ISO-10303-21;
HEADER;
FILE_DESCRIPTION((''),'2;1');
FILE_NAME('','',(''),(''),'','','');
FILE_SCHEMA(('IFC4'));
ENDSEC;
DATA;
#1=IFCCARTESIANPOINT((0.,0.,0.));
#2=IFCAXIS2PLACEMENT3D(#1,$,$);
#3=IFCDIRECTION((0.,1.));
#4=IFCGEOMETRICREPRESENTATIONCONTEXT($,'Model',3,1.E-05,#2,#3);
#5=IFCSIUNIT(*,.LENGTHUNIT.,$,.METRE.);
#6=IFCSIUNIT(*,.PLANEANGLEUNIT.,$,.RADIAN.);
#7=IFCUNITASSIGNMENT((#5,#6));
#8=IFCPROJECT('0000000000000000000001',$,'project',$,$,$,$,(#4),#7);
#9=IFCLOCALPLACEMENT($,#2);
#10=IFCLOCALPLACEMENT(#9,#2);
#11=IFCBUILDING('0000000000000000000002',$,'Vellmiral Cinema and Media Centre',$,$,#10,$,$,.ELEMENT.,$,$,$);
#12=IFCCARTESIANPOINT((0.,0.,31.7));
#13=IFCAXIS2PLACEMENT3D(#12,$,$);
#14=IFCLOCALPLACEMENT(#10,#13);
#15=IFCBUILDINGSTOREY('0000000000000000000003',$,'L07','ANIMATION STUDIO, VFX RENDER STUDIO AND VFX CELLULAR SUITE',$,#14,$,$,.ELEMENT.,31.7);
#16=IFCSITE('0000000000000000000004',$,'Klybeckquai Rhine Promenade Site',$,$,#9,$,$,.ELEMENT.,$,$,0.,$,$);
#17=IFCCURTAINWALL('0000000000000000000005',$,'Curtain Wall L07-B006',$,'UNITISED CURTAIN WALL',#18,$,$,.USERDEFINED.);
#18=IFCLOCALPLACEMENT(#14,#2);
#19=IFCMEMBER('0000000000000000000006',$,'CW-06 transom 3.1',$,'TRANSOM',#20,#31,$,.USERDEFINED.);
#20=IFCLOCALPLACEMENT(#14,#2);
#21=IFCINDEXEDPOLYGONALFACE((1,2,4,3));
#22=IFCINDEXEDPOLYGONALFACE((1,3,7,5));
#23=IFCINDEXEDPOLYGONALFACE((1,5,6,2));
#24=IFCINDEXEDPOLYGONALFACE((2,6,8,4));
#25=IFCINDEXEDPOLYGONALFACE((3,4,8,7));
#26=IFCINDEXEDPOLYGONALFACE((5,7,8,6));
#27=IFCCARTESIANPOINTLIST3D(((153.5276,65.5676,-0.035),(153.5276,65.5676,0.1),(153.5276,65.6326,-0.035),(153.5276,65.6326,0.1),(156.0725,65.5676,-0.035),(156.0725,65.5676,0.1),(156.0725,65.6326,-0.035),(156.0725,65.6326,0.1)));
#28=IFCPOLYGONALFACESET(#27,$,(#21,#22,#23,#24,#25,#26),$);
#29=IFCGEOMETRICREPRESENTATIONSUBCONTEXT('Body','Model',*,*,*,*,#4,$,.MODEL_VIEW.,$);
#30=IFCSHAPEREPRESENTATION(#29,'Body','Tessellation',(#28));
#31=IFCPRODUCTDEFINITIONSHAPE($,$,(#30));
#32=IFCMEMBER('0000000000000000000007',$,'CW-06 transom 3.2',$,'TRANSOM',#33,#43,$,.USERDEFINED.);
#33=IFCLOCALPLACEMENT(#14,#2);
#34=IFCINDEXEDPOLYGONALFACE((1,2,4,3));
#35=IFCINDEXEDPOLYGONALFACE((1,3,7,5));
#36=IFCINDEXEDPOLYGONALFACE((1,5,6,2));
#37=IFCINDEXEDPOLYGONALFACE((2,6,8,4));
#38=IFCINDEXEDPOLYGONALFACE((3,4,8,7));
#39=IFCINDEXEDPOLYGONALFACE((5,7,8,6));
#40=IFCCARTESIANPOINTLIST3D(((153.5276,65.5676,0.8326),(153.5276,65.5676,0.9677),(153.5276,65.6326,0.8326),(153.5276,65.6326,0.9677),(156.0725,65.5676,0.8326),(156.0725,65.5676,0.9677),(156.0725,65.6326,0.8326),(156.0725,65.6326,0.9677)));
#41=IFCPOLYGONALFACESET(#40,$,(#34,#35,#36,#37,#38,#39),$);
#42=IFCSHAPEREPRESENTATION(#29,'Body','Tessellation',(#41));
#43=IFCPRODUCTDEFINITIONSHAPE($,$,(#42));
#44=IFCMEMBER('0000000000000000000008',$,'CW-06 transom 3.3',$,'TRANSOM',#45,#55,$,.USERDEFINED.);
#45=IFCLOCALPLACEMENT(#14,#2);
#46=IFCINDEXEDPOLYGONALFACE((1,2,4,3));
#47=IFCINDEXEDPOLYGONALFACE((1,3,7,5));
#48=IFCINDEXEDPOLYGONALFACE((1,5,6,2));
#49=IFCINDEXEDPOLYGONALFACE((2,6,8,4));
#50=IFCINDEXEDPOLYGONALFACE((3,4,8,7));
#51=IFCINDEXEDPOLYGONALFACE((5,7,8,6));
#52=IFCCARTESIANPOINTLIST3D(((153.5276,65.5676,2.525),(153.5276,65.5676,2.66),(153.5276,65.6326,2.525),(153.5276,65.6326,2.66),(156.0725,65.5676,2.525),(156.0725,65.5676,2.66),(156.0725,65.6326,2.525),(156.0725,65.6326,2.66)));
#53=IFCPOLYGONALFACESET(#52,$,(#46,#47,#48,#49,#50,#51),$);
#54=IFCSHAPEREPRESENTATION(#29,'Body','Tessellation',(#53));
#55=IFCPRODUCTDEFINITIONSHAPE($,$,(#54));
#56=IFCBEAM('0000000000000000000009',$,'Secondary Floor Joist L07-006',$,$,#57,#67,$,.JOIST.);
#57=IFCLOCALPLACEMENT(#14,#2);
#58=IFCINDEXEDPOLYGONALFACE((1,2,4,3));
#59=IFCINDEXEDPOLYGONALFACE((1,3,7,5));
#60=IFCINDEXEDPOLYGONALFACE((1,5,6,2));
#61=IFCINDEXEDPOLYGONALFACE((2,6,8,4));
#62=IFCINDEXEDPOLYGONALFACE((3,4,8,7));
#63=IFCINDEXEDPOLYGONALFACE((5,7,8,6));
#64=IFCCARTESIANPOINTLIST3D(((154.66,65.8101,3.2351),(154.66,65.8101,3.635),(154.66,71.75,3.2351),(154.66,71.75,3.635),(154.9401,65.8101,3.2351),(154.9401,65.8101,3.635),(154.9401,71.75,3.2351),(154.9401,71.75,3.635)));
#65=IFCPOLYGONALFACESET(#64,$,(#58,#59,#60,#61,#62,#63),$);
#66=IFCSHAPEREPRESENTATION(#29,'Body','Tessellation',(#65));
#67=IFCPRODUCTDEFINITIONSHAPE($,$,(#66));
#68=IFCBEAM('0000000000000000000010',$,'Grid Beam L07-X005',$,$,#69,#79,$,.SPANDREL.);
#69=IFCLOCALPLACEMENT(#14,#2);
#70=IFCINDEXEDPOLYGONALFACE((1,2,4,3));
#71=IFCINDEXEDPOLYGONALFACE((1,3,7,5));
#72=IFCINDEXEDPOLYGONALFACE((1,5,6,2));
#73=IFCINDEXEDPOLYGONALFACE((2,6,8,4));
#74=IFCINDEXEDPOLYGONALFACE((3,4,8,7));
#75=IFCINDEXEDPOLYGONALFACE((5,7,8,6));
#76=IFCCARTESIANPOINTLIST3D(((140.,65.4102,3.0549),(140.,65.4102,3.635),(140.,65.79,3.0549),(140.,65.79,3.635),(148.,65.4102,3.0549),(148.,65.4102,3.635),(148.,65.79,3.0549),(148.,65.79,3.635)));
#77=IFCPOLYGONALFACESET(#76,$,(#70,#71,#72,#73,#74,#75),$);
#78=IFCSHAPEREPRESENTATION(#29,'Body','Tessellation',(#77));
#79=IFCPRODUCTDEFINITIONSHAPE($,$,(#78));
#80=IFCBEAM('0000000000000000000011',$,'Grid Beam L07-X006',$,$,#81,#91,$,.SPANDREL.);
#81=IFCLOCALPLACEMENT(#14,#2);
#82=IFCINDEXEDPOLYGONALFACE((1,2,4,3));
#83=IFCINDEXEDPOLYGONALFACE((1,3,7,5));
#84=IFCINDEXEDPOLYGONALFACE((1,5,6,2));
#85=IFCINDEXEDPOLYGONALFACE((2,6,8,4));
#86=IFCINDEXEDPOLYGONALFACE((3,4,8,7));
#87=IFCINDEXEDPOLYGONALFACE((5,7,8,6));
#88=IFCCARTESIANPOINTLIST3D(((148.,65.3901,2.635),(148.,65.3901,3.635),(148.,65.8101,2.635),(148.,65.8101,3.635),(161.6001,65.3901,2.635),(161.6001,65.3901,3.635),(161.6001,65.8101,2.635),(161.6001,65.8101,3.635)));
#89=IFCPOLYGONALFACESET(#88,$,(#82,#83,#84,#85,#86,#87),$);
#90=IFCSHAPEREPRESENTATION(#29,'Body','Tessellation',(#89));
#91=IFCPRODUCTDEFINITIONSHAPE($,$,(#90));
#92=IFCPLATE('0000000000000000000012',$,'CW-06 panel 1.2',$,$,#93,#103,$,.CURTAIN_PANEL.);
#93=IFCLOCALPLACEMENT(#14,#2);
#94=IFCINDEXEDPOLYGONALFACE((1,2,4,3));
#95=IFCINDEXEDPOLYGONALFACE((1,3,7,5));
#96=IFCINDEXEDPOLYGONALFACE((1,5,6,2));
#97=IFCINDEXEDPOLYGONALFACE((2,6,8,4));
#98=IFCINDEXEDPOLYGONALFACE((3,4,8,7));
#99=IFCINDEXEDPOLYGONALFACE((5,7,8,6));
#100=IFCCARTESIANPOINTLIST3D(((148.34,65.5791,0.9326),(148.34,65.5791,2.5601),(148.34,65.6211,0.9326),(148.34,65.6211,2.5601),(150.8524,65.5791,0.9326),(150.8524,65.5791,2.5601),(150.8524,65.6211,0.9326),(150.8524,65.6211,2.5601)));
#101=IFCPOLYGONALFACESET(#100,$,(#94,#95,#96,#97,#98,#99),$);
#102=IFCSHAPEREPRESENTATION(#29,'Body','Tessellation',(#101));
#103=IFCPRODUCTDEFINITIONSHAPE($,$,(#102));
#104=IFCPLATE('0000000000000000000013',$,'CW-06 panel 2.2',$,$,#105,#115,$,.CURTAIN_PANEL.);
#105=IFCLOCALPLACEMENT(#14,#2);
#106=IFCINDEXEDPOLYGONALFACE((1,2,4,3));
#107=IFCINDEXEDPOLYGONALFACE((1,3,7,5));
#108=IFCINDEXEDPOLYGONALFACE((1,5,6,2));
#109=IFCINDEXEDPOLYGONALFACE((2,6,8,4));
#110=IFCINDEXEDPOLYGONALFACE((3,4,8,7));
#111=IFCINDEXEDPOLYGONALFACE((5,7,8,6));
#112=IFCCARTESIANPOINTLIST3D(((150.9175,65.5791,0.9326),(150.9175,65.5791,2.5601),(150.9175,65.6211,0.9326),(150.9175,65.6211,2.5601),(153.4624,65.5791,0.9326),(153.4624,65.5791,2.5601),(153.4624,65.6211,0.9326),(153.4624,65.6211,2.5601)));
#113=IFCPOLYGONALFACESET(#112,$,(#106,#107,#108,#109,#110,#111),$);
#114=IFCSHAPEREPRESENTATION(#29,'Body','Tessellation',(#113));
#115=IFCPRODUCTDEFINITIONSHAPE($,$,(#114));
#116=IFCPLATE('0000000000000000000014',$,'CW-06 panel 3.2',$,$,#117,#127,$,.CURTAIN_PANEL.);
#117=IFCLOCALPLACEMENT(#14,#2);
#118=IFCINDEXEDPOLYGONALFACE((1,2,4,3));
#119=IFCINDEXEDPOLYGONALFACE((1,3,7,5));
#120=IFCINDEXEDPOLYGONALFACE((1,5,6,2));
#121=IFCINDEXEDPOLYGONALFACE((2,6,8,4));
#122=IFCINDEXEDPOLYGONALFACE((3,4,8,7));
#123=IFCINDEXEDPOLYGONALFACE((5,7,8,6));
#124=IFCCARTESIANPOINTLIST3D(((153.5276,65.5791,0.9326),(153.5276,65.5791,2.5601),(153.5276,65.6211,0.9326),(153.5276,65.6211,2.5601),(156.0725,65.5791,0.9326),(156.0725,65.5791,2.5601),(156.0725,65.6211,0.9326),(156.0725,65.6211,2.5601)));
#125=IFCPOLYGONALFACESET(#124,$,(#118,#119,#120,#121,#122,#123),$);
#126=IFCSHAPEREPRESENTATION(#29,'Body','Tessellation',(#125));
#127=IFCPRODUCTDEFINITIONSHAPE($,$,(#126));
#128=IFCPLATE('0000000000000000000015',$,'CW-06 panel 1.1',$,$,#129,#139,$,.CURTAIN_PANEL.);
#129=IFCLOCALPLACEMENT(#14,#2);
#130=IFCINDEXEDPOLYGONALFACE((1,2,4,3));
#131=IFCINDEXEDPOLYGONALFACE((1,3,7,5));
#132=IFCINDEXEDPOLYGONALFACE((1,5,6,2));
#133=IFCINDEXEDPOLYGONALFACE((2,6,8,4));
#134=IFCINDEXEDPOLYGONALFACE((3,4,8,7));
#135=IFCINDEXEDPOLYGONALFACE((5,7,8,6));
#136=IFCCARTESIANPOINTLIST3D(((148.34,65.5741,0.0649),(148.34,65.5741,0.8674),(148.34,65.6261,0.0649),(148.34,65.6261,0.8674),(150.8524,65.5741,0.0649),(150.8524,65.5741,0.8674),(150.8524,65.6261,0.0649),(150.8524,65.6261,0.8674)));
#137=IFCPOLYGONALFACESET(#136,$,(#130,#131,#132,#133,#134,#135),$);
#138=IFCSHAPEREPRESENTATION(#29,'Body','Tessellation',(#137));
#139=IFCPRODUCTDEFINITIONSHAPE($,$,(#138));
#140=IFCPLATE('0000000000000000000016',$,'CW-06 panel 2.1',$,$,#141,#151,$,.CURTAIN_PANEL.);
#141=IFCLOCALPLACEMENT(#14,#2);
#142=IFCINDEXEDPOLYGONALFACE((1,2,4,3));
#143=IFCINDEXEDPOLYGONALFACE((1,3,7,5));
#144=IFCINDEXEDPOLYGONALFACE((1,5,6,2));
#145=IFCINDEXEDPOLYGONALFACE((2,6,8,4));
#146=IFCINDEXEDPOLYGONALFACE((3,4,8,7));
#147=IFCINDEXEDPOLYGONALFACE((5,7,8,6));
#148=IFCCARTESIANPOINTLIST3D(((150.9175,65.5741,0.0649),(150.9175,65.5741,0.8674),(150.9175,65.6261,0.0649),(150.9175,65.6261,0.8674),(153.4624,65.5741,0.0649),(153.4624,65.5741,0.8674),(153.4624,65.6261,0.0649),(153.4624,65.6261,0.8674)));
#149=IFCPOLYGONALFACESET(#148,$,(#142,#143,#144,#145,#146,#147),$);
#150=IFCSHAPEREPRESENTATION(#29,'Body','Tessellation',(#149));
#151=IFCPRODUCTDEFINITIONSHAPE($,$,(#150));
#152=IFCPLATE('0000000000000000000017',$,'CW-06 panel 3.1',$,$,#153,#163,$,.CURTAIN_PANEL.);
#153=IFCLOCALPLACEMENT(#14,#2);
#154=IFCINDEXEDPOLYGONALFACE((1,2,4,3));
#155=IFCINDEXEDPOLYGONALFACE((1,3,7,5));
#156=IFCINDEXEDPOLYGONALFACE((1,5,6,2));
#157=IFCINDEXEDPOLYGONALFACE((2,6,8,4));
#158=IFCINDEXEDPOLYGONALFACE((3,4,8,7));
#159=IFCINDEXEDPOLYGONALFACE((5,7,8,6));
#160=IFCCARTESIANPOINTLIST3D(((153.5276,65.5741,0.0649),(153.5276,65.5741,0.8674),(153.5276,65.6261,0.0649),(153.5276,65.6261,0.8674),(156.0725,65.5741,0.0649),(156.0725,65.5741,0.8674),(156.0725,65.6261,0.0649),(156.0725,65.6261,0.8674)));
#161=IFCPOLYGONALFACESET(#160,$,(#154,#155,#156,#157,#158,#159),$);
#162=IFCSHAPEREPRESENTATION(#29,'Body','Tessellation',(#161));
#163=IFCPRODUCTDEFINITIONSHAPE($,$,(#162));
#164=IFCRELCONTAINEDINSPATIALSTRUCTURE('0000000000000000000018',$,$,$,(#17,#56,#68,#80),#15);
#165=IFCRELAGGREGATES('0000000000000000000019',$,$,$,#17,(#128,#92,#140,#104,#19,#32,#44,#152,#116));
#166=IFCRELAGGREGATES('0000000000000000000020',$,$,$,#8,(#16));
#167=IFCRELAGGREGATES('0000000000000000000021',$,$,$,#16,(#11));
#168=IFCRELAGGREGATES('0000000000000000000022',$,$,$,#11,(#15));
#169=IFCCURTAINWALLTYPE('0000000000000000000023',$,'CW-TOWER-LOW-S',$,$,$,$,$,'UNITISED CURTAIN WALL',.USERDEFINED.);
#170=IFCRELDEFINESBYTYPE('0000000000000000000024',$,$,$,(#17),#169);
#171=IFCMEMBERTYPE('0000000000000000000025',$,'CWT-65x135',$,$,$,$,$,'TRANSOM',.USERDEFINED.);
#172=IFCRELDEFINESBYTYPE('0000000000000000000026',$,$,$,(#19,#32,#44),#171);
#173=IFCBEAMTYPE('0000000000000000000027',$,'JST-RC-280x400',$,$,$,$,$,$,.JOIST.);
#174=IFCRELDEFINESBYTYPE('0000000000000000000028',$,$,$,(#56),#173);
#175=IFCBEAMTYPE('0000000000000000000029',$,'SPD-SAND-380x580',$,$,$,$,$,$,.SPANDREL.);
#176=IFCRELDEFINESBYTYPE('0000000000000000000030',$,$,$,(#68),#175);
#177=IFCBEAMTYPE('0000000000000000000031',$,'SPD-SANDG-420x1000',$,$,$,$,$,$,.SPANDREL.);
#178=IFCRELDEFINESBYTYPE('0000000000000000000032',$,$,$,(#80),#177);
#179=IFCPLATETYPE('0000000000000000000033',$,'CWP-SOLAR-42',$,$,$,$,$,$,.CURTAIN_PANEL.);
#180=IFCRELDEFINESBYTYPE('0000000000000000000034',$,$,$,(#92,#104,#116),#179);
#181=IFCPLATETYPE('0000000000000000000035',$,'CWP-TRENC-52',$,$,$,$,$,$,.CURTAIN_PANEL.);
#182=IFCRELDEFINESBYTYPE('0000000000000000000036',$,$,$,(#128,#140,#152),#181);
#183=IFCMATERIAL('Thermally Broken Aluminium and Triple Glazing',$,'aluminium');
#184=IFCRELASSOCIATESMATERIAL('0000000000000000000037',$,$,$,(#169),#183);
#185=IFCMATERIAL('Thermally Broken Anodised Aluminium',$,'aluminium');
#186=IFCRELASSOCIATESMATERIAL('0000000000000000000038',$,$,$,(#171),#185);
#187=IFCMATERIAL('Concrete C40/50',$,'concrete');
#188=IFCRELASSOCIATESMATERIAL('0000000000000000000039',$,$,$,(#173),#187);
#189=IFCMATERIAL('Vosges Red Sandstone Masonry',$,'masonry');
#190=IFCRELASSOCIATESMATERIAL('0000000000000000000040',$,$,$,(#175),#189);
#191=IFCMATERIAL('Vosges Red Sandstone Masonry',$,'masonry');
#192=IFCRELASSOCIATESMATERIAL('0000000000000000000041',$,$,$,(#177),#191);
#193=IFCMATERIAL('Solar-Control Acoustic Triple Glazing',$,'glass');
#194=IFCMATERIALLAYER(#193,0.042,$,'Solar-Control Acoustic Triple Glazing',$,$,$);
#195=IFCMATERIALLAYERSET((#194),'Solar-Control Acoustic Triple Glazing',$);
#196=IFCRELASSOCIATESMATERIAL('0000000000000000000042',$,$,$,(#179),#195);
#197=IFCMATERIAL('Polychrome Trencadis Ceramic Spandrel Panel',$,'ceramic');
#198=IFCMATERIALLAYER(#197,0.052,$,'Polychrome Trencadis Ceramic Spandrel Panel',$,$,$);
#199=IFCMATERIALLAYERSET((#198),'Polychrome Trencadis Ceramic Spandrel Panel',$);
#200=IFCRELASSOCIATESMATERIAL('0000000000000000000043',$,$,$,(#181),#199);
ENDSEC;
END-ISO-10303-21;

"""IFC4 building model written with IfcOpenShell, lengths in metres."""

from ifc_helpers import new_model, si_unit, direction, frame, origin, origin_2d, place, context, subcontext, project, spatial, rectangle, extrude, material, layer, layer_set, material_profile, profile_set, type_object, element, aggregate, save


model = new_model("IFC4")

# Units and contexts
model_context = context("Model", 3, precision=1e-05, world=origin(), true_north=direction((0.0, 1.0)))
body_context = subcontext(model_context, "Body", "Model", "MODEL_VIEW")
ifc_project = project(units=[si_unit("LENGTHUNIT", "METRE"), si_unit("PLANEANGLEUNIT", "RADIAN")], contexts=[model_context])

# Site, building, storey
site_placement = place(None, origin())
site = spatial("IfcSite", under=ifc_project, at=site_placement, Name="Klybeckquai Rhine Promenade Site", CompositionType="ELEMENT", RefElevation=0.0)
building_placement = place(site_placement, origin())
building = spatial("IfcBuilding", under=site, at=building_placement, Name="Vellmiral Cinema and Media Centre", CompositionType="ELEMENT")
storey_placement = place(building_placement, frame((0.0, 0.0, 31.7)))
storey = spatial("IfcBuildingStorey", under=building, at=storey_placement, Name="L07", Description="ANIMATION STUDIO, VFX RENDER STUDIO AND VFX CELLULAR SUITE", CompositionType="ELEMENT", Elevation=31.7)

# Curtain wall, members
ifc_material_1 = material(Name="Thermally Broken Aluminium and Triple Glazing", Category="aluminium")
curtain_wall_type = type_object("IfcCurtainWallType", Name="CW-TOWER-LOW-S", ElementType="UNITISED CURTAIN WALL", PredefinedType="USERDEFINED", material=ifc_material_1)
curtain_wall_placement = place(storey_placement, origin())
curtain_wall = element("IfcCurtainWall", 1, at=curtain_wall_placement, inside=storey, type_object=curtain_wall_type, Name="Curtain Wall L07-B006", ObjectType="UNITISED CURTAIN WALL", PredefinedType="USERDEFINED")
ifc_material_2 = material(Name="Thermally Broken Anodised Aluminium", Category="aluminium")
ifc_material_profile_1 = material_profile(ifc_material_2, rectangle(XDim=0.0649, YDim=0.135, at=origin_2d()), Name="MULL 65x135")
ifc_profile_set_1 = profile_set([ifc_material_profile_1], Name="Thermally Broken Anodised Aluminium")
member_type_1 = type_object("IfcMemberType", Name="CWT-65x135", ElementType="TRANSOM", PredefinedType="USERDEFINED", material=ifc_profile_set_1)
member_1_placement = place(storey_placement, frame((153.5276, 65.6001, 0.0325), z_axis=(1.0, 0.0, 0.0), x_axis=(0.0, 1.0, 0.0)))
member_1 = element("IfcMember", 2, at=member_1_placement, type_object=member_type_1, Name="CW-06 transom 3.1", ObjectType="TRANSOM", PredefinedType="USERDEFINED", context=body_context, shape_type="SweptSolid", body=[
    extrude(rectangle(XDim=0.0649, YDim=0.135, at=origin_2d()), origin(), (0.0, 0.0, 1.0), 2.5449),
])
member_2_placement = place(storey_placement, frame((153.5276, 65.6001, 0.9001), z_axis=(1.0, 0.0, 0.0), x_axis=(0.0, 1.0, 0.0)))
member_2 = element("IfcMember", 3, at=member_2_placement, type_object=member_type_1, Name="CW-06 transom 3.2", ObjectType="TRANSOM", PredefinedType="USERDEFINED", context=body_context, shape_type="SweptSolid", body=[
    extrude(rectangle(XDim=0.0649, YDim=0.135, at=origin_2d()), origin(), (0.0, 0.0, 1.0), 2.5449),
])
member_3_placement = place(storey_placement, frame((153.5276, 65.6001, 2.5925), z_axis=(1.0, 0.0, 0.0), x_axis=(0.0, 1.0, 0.0)))
member_3 = element("IfcMember", 4, at=member_3_placement, type_object=member_type_1, Name="CW-06 transom 3.3", ObjectType="TRANSOM", PredefinedType="USERDEFINED", context=body_context, shape_type="SweptSolid", body=[
    extrude(rectangle(XDim=0.0649, YDim=0.135, at=origin_2d()), origin(), (0.0, 0.0, 1.0), 2.5449),
])

# Beams
ifc_material_3 = material(Name="Concrete C40/50", Category="concrete")
ifc_material_profile_2 = material_profile(ifc_material_3, rectangle(XDim=0.28, YDim=0.3999, at=origin_2d()), Name="RC 280x400")
ifc_profile_set_2 = profile_set([ifc_material_profile_2], Name="Concrete C40/50")
beam_type_1 = type_object("IfcBeamType", Name="JST-RC-280x400", PredefinedType="JOIST", material=ifc_profile_set_2)
beam_1_placement = place(storey_placement, frame((154.8, 65.8101, 3.4351), z_axis=(0.0, 1.0, 0.0), x_axis=(-1.0, 0.0, 0.0)))
element("IfcBeam", 5, at=beam_1_placement, inside=storey, type_object=beam_type_1, Name="Secondary Floor Joist L07-006", PredefinedType="JOIST", context=body_context, shape_type="SweptSolid", body=[
    extrude(rectangle(XDim=0.28, YDim=0.3999, at=origin_2d()), origin(), (0.0, 0.0, 1.0), 5.9399),
])
ifc_material_4 = material(Name="Vosges Red Sandstone Masonry", Category="masonry")
ifc_material_profile_3 = material_profile(ifc_material_4, rectangle(XDim=0.3799, YDim=0.5801, at=origin_2d()), Name="SAND 380x580")
ifc_profile_set_3 = profile_set([ifc_material_profile_3], Name="Vosges Red Sandstone Masonry")
beam_type_2 = type_object("IfcBeamType", Name="SPD-SAND-380x580", PredefinedType="SPANDREL", material=ifc_profile_set_3)
beam_2_placement = place(storey_placement, frame((140.0, 65.6001, 3.345), z_axis=(1.0, 0.0, 0.0), x_axis=(0.0, 1.0, 0.0)))
element("IfcBeam", 6, at=beam_2_placement, inside=storey, type_object=beam_type_2, Name="Grid Beam L07-X005", PredefinedType="SPANDREL", context=body_context, shape_type="SweptSolid", body=[
    extrude(rectangle(XDim=0.3799, YDim=0.5801, at=origin_2d()), origin(), (0.0, 0.0, 1.0), 8.0),
])
ifc_material_5 = material(Name="Vosges Red Sandstone Masonry", Category="masonry")
ifc_material_profile_4 = material_profile(ifc_material_5, rectangle(XDim=0.4199, YDim=1.0, at=origin_2d()), Name="SAND 420x1000")
ifc_profile_set_4 = profile_set([ifc_material_profile_4], Name="Vosges Red Sandstone Masonry")
beam_type_3 = type_object("IfcBeamType", Name="SPD-SANDG-420x1000", PredefinedType="SPANDREL", material=ifc_profile_set_4)
beam_3_placement = place(storey_placement, frame((148.0, 65.6001, 3.135), z_axis=(1.0, 0.0, 0.0), x_axis=(0.0, 1.0, 0.0)))
element("IfcBeam", 7, at=beam_3_placement, inside=storey, type_object=beam_type_3, Name="Grid Beam L07-X006", PredefinedType="SPANDREL", context=body_context, shape_type="SweptSolid", body=[
    extrude(rectangle(XDim=0.4199, YDim=1.0, at=origin_2d()), origin(), (0.0, 0.0, 1.0), 13.6001),
])

# Plates
ifc_material_6 = material(Name="Solar-Control Acoustic Triple Glazing", Category="glass")
ifc_layer_1 = layer(ifc_material_6, 0.042, Name="Solar-Control Acoustic Triple Glazing")
ifc_layer_set_1 = layer_set([ifc_layer_1], Name="Solar-Control Acoustic Triple Glazing")
plate_type_1 = type_object("IfcPlateType", Name="CWP-SOLAR-42", PredefinedType="CURTAIN_PANEL", material=ifc_layer_set_1)
plate_1_placement = place(storey_placement, frame((149.5962, 65.6001, 0.9326), z_axis=(0.0, 0.0, 1.0), x_axis=(1.0, 0.0, 0.0)))
plate_1 = element("IfcPlate", 8, at=plate_1_placement, type_object=plate_type_1, Name="CW-06 panel 1.2", PredefinedType="CURTAIN_PANEL", context=body_context, shape_type="SweptSolid", body=[
    extrude(rectangle(XDim=2.5125, YDim=0.042, at=origin_2d()), origin(), (0.0, 0.0, 1.0), 1.6274),
])
plate_2_placement = place(storey_placement, frame((152.1899, 65.6001, 0.9326), z_axis=(0.0, 0.0, 1.0), x_axis=(1.0, 0.0, 0.0)))
plate_2 = element("IfcPlate", 9, at=plate_2_placement, type_object=plate_type_1, Name="CW-06 panel 2.2", PredefinedType="CURTAIN_PANEL", context=body_context, shape_type="SweptSolid", body=[
    extrude(rectangle(XDim=2.5449, YDim=0.042, at=origin_2d()), origin(), (0.0, 0.0, 1.0), 1.6274),
])
plate_3_placement = place(storey_placement, frame((154.8, 65.6001, 0.9326), z_axis=(0.0, 0.0, 1.0), x_axis=(1.0, 0.0, 0.0)))
plate_3 = element("IfcPlate", 10, at=plate_3_placement, type_object=plate_type_1, Name="CW-06 panel 3.2", PredefinedType="CURTAIN_PANEL", context=body_context, shape_type="SweptSolid", body=[
    extrude(rectangle(XDim=2.5449, YDim=0.042, at=origin_2d()), origin(), (0.0, 0.0, 1.0), 1.6274),
])
ifc_material_7 = material(Name="Polychrome Trencadis Ceramic Spandrel Panel", Category="ceramic")
ifc_layer_2 = layer(ifc_material_7, 0.052, Name="Polychrome Trencadis Ceramic Spandrel Panel")
ifc_layer_set_2 = layer_set([ifc_layer_2], Name="Polychrome Trencadis Ceramic Spandrel Panel")
plate_type_2 = type_object("IfcPlateType", Name="CWP-TRENC-52", PredefinedType="CURTAIN_PANEL", material=ifc_layer_set_2)
plate_4_placement = place(storey_placement, frame((149.5962, 65.6001, 0.0649), z_axis=(0.0, 0.0, 1.0), x_axis=(1.0, 0.0, 0.0)))
plate_4 = element("IfcPlate", 11, at=plate_4_placement, type_object=plate_type_2, Name="CW-06 panel 1.1", PredefinedType="CURTAIN_PANEL", context=body_context, shape_type="SweptSolid", body=[
    extrude(rectangle(XDim=2.5125, YDim=0.052, at=origin_2d()), origin(), (0.0, 0.0, 1.0), 0.8025),
])
plate_5_placement = place(storey_placement, frame((152.1899, 65.6001, 0.0649), z_axis=(0.0, 0.0, 1.0), x_axis=(1.0, 0.0, 0.0)))
plate_5 = element("IfcPlate", 12, at=plate_5_placement, type_object=plate_type_2, Name="CW-06 panel 2.1", PredefinedType="CURTAIN_PANEL", context=body_context, shape_type="SweptSolid", body=[
    extrude(rectangle(XDim=2.5449, YDim=0.052, at=origin_2d()), origin(), (0.0, 0.0, 1.0), 0.8025),
])
plate_6_placement = place(storey_placement, frame((154.8, 65.6001, 0.0649), z_axis=(0.0, 0.0, 1.0), x_axis=(1.0, 0.0, 0.0)))
plate_6 = element("IfcPlate", 13, at=plate_6_placement, type_object=plate_type_2, Name="CW-06 panel 3.1", PredefinedType="CURTAIN_PANEL", context=body_context, shape_type="SweptSolid", body=[
    extrude(rectangle(XDim=2.5449, YDim=0.052, at=origin_2d()), origin(), (0.0, 0.0, 1.0), 0.8025),
])
aggregate(curtain_wall, [plate_4, plate_1, plate_5, plate_2, member_1, member_2, member_3, plate_6, plate_3])

save(model, "model.ifc")
